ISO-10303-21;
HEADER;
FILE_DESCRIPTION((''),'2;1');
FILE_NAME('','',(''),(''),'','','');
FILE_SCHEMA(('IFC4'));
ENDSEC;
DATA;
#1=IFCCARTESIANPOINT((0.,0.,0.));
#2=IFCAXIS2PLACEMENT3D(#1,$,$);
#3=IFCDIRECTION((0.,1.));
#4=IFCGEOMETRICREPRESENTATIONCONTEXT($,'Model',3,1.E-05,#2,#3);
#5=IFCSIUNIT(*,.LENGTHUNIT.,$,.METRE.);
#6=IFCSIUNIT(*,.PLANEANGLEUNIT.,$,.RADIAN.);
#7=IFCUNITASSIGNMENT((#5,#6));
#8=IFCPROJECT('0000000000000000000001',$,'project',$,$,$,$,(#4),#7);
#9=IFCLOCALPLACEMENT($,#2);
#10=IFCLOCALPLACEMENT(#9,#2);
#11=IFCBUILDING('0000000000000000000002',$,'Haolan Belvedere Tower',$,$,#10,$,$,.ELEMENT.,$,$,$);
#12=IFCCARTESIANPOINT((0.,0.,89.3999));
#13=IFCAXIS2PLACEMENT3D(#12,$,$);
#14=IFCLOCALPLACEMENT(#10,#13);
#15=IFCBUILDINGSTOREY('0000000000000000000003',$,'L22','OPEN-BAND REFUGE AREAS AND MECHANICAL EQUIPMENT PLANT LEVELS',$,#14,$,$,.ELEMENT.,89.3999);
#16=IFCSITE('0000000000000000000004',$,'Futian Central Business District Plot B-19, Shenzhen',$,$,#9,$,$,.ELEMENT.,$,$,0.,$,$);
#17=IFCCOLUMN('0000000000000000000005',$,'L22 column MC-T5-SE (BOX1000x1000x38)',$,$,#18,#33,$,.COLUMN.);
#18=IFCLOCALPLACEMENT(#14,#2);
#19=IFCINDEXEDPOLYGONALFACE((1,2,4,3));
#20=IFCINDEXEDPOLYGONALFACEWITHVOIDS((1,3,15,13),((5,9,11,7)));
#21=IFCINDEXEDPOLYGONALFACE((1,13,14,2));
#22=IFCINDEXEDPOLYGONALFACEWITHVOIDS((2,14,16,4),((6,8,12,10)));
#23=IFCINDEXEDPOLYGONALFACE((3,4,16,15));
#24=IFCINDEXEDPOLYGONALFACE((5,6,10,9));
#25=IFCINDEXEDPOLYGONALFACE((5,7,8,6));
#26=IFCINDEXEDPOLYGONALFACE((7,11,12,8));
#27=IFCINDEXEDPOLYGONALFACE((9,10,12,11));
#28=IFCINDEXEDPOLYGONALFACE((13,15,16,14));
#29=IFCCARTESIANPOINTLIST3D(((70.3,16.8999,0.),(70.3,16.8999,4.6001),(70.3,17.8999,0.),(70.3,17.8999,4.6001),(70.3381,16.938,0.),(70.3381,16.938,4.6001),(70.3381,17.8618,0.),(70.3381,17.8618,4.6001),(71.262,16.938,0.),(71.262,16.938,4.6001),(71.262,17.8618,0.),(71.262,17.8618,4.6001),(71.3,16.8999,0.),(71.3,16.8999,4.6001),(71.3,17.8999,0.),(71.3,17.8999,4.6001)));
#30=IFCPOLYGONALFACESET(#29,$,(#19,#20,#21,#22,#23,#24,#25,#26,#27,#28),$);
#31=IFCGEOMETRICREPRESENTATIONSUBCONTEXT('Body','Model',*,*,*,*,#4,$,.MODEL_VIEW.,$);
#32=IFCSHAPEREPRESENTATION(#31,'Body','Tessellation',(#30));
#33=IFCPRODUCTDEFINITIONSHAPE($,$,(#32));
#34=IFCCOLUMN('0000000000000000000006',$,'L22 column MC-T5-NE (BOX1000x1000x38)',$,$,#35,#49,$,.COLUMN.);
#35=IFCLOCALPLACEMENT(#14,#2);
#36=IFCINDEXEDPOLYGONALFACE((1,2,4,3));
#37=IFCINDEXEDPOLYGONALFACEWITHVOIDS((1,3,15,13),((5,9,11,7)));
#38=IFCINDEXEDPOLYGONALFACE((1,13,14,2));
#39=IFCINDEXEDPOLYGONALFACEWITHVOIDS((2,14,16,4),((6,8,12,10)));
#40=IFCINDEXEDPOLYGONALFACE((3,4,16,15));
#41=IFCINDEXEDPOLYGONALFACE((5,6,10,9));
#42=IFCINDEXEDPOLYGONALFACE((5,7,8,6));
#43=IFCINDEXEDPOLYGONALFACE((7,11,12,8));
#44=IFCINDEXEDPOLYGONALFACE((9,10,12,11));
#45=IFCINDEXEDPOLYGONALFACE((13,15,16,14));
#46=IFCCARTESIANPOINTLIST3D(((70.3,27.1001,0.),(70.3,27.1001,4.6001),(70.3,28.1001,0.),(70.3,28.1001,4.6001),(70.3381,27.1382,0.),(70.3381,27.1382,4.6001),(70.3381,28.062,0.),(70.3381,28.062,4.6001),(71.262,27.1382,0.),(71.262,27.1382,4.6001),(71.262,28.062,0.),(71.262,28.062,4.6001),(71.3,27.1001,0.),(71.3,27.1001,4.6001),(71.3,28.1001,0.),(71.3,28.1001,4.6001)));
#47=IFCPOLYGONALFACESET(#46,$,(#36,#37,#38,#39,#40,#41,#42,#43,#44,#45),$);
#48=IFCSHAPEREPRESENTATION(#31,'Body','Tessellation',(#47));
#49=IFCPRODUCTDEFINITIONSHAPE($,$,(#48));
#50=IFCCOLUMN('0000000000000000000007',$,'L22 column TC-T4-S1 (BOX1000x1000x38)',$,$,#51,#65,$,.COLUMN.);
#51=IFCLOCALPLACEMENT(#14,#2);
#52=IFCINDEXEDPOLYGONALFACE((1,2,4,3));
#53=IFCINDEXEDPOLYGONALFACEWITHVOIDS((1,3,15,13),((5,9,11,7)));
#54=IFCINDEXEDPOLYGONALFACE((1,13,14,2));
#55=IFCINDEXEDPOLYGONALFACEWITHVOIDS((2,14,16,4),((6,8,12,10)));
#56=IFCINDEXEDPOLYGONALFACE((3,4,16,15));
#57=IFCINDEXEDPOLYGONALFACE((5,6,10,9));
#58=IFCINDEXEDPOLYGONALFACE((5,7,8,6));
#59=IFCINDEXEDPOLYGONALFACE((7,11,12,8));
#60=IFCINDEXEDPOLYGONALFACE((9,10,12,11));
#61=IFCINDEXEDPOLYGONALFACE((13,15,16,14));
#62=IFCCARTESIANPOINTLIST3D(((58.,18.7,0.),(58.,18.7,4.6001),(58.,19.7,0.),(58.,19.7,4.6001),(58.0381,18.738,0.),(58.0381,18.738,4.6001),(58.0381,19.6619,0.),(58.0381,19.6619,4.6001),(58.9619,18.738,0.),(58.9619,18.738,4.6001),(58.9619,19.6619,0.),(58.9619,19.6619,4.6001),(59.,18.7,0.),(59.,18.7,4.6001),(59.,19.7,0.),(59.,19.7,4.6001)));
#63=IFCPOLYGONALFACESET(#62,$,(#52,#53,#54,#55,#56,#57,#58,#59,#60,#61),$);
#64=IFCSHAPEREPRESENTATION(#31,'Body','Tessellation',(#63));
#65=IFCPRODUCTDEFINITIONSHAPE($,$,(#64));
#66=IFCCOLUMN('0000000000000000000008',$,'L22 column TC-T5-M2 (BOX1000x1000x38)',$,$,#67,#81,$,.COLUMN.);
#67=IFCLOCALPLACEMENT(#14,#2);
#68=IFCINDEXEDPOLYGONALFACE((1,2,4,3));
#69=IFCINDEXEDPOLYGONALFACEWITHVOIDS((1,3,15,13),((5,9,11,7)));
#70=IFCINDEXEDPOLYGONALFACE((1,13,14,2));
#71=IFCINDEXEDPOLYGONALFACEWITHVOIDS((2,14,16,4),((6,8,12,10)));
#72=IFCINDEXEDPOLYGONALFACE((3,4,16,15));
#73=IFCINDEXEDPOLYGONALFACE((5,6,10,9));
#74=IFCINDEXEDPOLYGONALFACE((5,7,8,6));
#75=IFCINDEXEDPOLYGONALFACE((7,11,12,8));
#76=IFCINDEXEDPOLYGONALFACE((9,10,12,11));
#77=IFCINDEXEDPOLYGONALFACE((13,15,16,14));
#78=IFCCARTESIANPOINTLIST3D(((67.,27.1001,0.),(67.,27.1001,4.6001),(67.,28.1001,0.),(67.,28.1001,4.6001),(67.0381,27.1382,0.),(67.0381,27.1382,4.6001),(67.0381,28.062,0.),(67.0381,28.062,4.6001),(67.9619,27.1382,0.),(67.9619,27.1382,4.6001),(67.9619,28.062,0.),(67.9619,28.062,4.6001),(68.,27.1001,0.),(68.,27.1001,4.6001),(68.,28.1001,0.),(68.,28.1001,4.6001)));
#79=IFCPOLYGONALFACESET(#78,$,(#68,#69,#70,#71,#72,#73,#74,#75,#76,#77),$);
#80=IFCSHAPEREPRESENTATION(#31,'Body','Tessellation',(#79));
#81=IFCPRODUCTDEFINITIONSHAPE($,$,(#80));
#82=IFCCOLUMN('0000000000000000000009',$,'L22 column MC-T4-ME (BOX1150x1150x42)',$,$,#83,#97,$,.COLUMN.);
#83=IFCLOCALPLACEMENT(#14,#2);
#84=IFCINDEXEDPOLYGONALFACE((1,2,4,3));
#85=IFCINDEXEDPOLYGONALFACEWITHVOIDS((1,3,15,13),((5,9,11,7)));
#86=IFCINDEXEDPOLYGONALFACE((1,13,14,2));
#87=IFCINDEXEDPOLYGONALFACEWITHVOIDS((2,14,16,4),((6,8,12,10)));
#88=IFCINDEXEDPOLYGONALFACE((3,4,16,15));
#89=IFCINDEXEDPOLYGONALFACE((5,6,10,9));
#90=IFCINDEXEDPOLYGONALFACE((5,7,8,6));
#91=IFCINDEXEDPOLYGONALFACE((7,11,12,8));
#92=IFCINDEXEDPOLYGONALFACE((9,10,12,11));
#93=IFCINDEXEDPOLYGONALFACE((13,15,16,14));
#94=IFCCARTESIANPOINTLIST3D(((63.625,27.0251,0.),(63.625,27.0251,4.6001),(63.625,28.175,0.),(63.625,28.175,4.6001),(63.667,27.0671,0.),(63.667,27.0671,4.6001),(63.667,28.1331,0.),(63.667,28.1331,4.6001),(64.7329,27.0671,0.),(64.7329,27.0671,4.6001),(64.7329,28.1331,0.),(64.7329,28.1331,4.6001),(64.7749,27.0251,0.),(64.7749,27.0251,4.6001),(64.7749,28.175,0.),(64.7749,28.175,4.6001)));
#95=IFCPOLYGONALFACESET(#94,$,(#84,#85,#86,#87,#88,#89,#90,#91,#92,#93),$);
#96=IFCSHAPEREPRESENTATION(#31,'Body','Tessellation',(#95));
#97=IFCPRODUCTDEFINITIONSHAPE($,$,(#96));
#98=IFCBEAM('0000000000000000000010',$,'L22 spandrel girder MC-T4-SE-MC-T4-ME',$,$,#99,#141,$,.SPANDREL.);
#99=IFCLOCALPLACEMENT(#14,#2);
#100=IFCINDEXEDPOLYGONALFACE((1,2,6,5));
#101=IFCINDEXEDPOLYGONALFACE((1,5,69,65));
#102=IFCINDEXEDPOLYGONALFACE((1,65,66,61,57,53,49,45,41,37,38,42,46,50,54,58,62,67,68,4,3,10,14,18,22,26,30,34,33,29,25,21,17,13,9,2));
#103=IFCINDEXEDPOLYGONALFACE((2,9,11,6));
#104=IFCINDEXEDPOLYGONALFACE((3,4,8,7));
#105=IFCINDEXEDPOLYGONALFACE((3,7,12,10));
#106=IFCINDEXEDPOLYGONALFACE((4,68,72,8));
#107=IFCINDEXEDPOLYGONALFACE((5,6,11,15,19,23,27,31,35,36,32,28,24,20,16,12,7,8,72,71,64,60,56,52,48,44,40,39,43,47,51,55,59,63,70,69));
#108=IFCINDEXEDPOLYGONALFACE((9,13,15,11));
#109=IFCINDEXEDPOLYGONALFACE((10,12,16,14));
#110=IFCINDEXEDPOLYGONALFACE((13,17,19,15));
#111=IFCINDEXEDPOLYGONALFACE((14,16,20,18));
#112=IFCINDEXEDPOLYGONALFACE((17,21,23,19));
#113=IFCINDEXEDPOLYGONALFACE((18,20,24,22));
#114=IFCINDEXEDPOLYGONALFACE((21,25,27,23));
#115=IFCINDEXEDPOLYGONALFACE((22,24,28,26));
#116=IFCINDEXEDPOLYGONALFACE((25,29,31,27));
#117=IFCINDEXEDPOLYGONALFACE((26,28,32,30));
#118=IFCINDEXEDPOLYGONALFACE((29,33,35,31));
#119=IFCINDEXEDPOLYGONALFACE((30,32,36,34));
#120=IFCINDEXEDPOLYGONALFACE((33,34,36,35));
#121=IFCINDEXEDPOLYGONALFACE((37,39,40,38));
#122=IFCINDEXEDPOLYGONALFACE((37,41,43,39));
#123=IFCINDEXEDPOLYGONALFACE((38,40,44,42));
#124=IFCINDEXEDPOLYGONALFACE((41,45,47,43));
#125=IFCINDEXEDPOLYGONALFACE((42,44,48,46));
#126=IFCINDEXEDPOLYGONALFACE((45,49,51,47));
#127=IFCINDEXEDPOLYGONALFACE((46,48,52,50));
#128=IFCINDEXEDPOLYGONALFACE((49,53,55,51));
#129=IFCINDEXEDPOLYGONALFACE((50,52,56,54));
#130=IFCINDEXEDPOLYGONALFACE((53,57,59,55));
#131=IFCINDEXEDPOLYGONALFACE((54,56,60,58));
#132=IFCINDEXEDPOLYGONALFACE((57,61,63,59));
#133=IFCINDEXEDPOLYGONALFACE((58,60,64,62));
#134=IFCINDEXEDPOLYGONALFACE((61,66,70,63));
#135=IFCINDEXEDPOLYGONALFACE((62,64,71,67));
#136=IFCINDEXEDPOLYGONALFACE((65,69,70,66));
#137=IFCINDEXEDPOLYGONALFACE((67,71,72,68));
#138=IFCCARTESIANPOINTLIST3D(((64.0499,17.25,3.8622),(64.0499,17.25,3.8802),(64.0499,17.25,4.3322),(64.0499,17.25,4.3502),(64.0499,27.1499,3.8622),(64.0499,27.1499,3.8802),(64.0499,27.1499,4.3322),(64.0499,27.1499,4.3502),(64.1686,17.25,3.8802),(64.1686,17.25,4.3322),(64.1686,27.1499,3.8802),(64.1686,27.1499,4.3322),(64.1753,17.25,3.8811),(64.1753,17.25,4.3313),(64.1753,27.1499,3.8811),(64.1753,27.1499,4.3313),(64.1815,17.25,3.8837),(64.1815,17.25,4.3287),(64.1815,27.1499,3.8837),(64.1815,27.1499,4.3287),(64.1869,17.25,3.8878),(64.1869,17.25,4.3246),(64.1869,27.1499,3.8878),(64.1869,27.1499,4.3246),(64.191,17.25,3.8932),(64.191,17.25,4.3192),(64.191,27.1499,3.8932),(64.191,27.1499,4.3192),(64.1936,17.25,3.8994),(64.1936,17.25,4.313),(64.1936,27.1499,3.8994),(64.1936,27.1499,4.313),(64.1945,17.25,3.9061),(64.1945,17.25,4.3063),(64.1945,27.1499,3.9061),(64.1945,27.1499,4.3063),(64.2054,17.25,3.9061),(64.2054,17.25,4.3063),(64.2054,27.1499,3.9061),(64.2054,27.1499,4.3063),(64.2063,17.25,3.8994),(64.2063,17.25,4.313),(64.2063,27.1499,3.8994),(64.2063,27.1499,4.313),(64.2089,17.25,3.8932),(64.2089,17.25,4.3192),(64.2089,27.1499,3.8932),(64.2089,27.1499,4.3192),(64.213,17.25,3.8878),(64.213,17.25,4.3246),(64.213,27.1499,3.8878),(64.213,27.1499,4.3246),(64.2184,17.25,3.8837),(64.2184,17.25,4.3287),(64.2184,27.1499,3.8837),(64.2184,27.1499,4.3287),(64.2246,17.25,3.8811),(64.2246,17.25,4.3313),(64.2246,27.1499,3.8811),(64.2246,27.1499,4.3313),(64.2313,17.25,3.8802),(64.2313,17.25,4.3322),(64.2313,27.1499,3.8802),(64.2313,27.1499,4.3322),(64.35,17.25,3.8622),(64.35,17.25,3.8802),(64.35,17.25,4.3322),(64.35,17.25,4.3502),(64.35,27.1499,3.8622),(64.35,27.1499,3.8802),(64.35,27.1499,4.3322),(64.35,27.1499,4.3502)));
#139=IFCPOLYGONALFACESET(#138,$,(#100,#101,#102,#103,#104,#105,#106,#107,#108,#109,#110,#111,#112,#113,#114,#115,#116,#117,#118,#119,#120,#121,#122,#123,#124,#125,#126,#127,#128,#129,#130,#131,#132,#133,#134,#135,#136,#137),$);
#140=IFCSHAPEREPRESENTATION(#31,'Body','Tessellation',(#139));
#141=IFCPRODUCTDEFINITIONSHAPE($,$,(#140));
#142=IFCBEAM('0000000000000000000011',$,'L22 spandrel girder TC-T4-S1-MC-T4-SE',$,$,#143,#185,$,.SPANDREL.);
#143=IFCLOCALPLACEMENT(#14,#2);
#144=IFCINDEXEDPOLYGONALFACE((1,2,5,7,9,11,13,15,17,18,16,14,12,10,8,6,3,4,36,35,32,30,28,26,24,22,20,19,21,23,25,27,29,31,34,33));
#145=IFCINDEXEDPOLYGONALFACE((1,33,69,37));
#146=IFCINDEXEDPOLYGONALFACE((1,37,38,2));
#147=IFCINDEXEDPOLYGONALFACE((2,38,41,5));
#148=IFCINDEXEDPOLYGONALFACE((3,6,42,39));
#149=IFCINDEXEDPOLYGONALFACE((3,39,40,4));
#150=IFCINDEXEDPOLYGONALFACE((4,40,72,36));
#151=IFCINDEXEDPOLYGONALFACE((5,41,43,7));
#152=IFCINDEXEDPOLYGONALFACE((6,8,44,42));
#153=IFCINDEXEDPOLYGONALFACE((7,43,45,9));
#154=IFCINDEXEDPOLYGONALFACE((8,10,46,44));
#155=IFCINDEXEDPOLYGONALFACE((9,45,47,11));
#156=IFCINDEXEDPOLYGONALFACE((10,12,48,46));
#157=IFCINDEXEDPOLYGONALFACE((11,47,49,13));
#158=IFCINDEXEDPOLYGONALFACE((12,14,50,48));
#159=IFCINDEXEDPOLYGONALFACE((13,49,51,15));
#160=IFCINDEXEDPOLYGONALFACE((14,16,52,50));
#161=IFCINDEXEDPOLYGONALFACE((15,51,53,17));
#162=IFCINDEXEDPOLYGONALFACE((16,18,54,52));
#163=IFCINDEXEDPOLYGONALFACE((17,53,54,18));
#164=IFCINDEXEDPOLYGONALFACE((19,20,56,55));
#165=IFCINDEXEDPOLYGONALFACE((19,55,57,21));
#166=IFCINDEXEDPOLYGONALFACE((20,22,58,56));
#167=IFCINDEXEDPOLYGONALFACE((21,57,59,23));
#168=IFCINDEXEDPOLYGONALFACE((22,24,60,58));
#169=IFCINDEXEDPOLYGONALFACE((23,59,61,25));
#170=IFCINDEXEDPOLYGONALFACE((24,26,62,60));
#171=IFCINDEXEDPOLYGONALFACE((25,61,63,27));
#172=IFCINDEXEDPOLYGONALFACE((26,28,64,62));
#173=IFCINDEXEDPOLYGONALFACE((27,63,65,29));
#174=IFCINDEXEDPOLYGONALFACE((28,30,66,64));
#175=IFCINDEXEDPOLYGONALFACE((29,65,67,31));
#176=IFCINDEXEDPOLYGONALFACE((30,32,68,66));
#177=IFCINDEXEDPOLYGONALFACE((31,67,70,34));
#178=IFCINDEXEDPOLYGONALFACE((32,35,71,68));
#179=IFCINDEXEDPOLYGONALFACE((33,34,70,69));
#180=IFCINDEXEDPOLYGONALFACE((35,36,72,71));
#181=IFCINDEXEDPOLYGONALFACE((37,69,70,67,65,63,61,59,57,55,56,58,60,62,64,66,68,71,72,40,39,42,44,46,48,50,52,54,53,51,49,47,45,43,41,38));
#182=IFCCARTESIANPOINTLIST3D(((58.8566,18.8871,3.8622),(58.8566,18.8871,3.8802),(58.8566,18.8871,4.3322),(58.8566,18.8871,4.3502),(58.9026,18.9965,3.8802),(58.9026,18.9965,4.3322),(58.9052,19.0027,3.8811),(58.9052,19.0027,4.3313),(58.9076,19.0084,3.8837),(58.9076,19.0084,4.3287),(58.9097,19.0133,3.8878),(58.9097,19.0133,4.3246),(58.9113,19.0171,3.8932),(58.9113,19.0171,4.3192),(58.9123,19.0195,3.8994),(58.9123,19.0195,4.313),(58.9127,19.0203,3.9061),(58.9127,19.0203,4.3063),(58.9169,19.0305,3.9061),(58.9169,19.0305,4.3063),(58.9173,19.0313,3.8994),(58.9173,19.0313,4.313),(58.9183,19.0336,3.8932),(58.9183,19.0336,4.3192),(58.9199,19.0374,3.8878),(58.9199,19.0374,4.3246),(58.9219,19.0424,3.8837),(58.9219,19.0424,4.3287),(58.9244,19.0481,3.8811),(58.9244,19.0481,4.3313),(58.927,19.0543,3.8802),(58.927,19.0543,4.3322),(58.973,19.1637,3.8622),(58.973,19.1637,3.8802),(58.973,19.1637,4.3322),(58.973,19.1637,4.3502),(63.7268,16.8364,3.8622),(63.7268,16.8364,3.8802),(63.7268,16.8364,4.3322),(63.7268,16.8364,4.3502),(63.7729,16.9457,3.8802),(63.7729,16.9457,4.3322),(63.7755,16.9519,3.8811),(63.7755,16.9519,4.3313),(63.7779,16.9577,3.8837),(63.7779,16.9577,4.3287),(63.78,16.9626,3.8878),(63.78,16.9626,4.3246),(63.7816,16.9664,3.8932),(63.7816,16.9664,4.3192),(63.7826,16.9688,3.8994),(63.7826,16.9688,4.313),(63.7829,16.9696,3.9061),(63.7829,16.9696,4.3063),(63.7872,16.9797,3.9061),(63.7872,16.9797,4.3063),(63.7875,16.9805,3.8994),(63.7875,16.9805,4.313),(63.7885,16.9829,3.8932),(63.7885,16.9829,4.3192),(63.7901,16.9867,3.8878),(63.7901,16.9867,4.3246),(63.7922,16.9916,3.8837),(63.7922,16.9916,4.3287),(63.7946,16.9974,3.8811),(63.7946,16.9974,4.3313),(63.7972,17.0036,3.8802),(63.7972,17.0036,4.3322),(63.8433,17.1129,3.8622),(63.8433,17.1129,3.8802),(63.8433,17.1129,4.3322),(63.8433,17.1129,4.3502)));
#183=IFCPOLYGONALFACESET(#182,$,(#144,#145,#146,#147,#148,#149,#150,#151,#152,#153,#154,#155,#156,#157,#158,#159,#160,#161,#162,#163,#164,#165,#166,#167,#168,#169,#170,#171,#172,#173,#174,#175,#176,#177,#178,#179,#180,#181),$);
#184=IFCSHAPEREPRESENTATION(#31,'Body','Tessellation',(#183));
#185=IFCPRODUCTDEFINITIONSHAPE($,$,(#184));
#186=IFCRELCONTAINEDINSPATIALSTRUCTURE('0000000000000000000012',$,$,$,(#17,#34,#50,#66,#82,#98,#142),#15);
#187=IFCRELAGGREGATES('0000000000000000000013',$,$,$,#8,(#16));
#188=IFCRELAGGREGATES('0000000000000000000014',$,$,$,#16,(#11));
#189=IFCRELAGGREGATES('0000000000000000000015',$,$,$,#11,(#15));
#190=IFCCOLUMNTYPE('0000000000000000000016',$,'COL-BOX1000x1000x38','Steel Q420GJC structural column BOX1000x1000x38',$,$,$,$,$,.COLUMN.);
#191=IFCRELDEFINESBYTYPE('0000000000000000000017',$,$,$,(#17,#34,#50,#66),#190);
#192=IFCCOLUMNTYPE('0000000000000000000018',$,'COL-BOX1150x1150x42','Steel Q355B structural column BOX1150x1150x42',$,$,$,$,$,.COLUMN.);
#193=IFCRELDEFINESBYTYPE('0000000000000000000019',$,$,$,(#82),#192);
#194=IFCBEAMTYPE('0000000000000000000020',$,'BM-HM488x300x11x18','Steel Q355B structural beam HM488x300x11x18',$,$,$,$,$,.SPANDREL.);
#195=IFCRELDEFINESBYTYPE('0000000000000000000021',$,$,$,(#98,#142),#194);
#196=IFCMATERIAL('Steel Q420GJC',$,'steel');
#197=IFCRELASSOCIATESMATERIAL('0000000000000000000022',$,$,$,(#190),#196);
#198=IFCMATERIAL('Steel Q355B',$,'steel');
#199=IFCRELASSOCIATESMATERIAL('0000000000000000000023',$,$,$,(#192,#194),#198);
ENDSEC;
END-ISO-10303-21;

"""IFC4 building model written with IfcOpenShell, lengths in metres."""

from ifc_helpers import new_model, si_unit, direction, frame, origin, origin_2d, place, context, subcontext, project, spatial, hollow_rectangle, i_section, extrude, material, material_profile, profile_set, type_object, element, save


model = new_model("IFC4")

# Units and contexts
model_context = context("Model", 3, precision=1e-05, world=origin(), true_north=direction((0.0, 1.0)))
body_context = subcontext(model_context, "Body", "Model", "MODEL_VIEW")
ifc_project = project(units=[si_unit("LENGTHUNIT", "METRE"), si_unit("PLANEANGLEUNIT", "RADIAN")], contexts=[model_context])

# Site, building, storey
site_placement = place(None, origin())
site = spatial("IfcSite", under=ifc_project, at=site_placement, Name="Futian Central Business District Plot B-19, Shenzhen", CompositionType="ELEMENT", RefElevation=0.0)
building_placement = place(site_placement, origin())
building = spatial("IfcBuilding", under=site, at=building_placement, Name="Haolan Belvedere Tower", CompositionType="ELEMENT")
storey_placement = place(building_placement, frame((0.0, 0.0, 89.3999)))
storey = spatial("IfcBuildingStorey", under=building, at=storey_placement, Name="L22", Description="OPEN-BAND REFUGE AREAS AND MECHANICAL EQUIPMENT PLANT LEVELS", CompositionType="ELEMENT", Elevation=89.3999)

# Columns
ifc_material_1 = material(Name="Steel Q420GJC", Category="steel")
ifc_material_profile_1 = material_profile(ifc_material_1, hollow_rectangle(XDim=1.0, YDim=1.0, WallThickness=0.0381, at=origin_2d()), Name="Steel Q420GJC")
ifc_profile_set_1 = profile_set([ifc_material_profile_1], Name="Steel Q420GJC")
column_type_1 = type_object("IfcColumnType", Name="COL-BOX1000x1000x38", Description="Steel Q420GJC structural column BOX1000x1000x38", PredefinedType="COLUMN", material=ifc_profile_set_1)
for number, where, z_axis, x_axis, name in (
    (1, (70.8, 17.3999, 0.0), (0.0, 0.0, 1.0), (1.0, 0.0, 0.0), "L22 column MC-T5-SE (BOX1000x1000x38)"),
    (2, (70.8, 27.6001, 0.0), (0.0, 0.0, 1.0), (1.0, 0.0, 0.0), "L22 column MC-T5-NE (BOX1000x1000x38)"),
    (3, (58.5, 19.2, 0.0), (0.0, 0.0, 1.0), (1.0, 0.0, 0.0), "L22 column TC-T4-S1 (BOX1000x1000x38)"),
    (4, (67.5, 27.6001, 0.0), (0.0, 0.0, 1.0), (1.0, 0.0, 0.0), "L22 column TC-T5-M2 (BOX1000x1000x38)"),
):
    element("IfcColumn", number, at=place(storey_placement, frame(where, z_axis=z_axis, x_axis=x_axis)), inside=storey, type_object=column_type_1, Name=name, PredefinedType="COLUMN", context=body_context, shape_type="SweptSolid", body=[
        extrude(hollow_rectangle(XDim=1.0, YDim=1.0, WallThickness=0.0381, at=origin_2d()), origin(), (0.0, 0.0, 1.0), 4.6001),
    ])
ifc_material_2 = material(Name="Steel Q355B", Category="steel")
ifc_material_profile_2 = material_profile(ifc_material_2, hollow_rectangle(XDim=1.1499, YDim=1.1499, WallThickness=0.042, at=origin_2d()), Name="Steel Q355B")
ifc_profile_set_2 = profile_set([ifc_material_profile_2], Name="Steel Q355B")
column_type_2 = type_object("IfcColumnType", Name="COL-BOX1150x1150x42", Description="Steel Q355B structural column BOX1150x1150x42", PredefinedType="COLUMN", material=ifc_profile_set_2)
column_placement = place(storey_placement, frame((64.2, 27.6001, 0.0), z_axis=(0.0, 0.0, 1.0), x_axis=(1.0, 0.0, 0.0)))
element("IfcColumn", 5, at=column_placement, inside=storey, type_object=column_type_2, Name="L22 column MC-T4-ME (BOX1150x1150x42)", PredefinedType="COLUMN", context=body_context, shape_type="SweptSolid", body=[
    extrude(hollow_rectangle(XDim=1.1499, YDim=1.1499, WallThickness=0.042, at=origin_2d()), origin(), (0.0, 0.0, 1.0), 4.6001),
])

# Beams
ifc_material_profile_3 = material_profile(ifc_material_2, i_section(OverallWidth=0.3, OverallDepth=0.488, WebThickness=0.011, FlangeThickness=0.0181, FilletRadius=0.0259, at=origin_2d()), Name="Steel Q355B")
ifc_profile_set_3 = profile_set([ifc_material_profile_3], Name="Steel Q355B")
beam_type = type_object("IfcBeamType", Name="BM-HM488x300x11x18", Description="Steel Q355B structural beam HM488x300x11x18", PredefinedType="SPANDREL", material=ifc_profile_set_3)
beam_1_placement = place(storey_placement, frame((64.2, 17.25, 4.1062), z_axis=(0.0, 1.0, 0.0), x_axis=(-1.0, 0.0, 0.0)))
element("IfcBeam", 6, at=beam_1_placement, inside=storey, type_object=beam_type, Name="L22 spandrel girder MC-T4-SE-MC-T4-ME", PredefinedType="SPANDREL", context=body_context, shape_type="SweptSolid", body=[
    extrude(i_section(OverallWidth=0.3, OverallDepth=0.488, WebThickness=0.011, FlangeThickness=0.0181, FilletRadius=0.0259, at=origin_2d()), origin(), (0.0, 0.0, 1.0), 9.8999),
])
beam_2_placement = place(storey_placement, frame((58.9148, 19.0254, 4.1062), z_axis=(0.921628, -0.388074, 0.0), x_axis=(0.388074, 0.921628, 0.0)))
element("IfcBeam", 7, at=beam_2_placement, inside=storey, type_object=beam_type, Name="L22 spandrel girder TC-T4-S1-MC-T4-SE", PredefinedType="SPANDREL", context=body_context, shape_type="SweptSolid", body=[
    extrude(i_section(OverallWidth=0.3, OverallDepth=0.488, WebThickness=0.011, FlangeThickness=0.0181, FilletRadius=0.0259, at=origin_2d()), origin(), (0.0, 0.0, 1.0), 5.2844),
])

save(model, "model.ifc")
